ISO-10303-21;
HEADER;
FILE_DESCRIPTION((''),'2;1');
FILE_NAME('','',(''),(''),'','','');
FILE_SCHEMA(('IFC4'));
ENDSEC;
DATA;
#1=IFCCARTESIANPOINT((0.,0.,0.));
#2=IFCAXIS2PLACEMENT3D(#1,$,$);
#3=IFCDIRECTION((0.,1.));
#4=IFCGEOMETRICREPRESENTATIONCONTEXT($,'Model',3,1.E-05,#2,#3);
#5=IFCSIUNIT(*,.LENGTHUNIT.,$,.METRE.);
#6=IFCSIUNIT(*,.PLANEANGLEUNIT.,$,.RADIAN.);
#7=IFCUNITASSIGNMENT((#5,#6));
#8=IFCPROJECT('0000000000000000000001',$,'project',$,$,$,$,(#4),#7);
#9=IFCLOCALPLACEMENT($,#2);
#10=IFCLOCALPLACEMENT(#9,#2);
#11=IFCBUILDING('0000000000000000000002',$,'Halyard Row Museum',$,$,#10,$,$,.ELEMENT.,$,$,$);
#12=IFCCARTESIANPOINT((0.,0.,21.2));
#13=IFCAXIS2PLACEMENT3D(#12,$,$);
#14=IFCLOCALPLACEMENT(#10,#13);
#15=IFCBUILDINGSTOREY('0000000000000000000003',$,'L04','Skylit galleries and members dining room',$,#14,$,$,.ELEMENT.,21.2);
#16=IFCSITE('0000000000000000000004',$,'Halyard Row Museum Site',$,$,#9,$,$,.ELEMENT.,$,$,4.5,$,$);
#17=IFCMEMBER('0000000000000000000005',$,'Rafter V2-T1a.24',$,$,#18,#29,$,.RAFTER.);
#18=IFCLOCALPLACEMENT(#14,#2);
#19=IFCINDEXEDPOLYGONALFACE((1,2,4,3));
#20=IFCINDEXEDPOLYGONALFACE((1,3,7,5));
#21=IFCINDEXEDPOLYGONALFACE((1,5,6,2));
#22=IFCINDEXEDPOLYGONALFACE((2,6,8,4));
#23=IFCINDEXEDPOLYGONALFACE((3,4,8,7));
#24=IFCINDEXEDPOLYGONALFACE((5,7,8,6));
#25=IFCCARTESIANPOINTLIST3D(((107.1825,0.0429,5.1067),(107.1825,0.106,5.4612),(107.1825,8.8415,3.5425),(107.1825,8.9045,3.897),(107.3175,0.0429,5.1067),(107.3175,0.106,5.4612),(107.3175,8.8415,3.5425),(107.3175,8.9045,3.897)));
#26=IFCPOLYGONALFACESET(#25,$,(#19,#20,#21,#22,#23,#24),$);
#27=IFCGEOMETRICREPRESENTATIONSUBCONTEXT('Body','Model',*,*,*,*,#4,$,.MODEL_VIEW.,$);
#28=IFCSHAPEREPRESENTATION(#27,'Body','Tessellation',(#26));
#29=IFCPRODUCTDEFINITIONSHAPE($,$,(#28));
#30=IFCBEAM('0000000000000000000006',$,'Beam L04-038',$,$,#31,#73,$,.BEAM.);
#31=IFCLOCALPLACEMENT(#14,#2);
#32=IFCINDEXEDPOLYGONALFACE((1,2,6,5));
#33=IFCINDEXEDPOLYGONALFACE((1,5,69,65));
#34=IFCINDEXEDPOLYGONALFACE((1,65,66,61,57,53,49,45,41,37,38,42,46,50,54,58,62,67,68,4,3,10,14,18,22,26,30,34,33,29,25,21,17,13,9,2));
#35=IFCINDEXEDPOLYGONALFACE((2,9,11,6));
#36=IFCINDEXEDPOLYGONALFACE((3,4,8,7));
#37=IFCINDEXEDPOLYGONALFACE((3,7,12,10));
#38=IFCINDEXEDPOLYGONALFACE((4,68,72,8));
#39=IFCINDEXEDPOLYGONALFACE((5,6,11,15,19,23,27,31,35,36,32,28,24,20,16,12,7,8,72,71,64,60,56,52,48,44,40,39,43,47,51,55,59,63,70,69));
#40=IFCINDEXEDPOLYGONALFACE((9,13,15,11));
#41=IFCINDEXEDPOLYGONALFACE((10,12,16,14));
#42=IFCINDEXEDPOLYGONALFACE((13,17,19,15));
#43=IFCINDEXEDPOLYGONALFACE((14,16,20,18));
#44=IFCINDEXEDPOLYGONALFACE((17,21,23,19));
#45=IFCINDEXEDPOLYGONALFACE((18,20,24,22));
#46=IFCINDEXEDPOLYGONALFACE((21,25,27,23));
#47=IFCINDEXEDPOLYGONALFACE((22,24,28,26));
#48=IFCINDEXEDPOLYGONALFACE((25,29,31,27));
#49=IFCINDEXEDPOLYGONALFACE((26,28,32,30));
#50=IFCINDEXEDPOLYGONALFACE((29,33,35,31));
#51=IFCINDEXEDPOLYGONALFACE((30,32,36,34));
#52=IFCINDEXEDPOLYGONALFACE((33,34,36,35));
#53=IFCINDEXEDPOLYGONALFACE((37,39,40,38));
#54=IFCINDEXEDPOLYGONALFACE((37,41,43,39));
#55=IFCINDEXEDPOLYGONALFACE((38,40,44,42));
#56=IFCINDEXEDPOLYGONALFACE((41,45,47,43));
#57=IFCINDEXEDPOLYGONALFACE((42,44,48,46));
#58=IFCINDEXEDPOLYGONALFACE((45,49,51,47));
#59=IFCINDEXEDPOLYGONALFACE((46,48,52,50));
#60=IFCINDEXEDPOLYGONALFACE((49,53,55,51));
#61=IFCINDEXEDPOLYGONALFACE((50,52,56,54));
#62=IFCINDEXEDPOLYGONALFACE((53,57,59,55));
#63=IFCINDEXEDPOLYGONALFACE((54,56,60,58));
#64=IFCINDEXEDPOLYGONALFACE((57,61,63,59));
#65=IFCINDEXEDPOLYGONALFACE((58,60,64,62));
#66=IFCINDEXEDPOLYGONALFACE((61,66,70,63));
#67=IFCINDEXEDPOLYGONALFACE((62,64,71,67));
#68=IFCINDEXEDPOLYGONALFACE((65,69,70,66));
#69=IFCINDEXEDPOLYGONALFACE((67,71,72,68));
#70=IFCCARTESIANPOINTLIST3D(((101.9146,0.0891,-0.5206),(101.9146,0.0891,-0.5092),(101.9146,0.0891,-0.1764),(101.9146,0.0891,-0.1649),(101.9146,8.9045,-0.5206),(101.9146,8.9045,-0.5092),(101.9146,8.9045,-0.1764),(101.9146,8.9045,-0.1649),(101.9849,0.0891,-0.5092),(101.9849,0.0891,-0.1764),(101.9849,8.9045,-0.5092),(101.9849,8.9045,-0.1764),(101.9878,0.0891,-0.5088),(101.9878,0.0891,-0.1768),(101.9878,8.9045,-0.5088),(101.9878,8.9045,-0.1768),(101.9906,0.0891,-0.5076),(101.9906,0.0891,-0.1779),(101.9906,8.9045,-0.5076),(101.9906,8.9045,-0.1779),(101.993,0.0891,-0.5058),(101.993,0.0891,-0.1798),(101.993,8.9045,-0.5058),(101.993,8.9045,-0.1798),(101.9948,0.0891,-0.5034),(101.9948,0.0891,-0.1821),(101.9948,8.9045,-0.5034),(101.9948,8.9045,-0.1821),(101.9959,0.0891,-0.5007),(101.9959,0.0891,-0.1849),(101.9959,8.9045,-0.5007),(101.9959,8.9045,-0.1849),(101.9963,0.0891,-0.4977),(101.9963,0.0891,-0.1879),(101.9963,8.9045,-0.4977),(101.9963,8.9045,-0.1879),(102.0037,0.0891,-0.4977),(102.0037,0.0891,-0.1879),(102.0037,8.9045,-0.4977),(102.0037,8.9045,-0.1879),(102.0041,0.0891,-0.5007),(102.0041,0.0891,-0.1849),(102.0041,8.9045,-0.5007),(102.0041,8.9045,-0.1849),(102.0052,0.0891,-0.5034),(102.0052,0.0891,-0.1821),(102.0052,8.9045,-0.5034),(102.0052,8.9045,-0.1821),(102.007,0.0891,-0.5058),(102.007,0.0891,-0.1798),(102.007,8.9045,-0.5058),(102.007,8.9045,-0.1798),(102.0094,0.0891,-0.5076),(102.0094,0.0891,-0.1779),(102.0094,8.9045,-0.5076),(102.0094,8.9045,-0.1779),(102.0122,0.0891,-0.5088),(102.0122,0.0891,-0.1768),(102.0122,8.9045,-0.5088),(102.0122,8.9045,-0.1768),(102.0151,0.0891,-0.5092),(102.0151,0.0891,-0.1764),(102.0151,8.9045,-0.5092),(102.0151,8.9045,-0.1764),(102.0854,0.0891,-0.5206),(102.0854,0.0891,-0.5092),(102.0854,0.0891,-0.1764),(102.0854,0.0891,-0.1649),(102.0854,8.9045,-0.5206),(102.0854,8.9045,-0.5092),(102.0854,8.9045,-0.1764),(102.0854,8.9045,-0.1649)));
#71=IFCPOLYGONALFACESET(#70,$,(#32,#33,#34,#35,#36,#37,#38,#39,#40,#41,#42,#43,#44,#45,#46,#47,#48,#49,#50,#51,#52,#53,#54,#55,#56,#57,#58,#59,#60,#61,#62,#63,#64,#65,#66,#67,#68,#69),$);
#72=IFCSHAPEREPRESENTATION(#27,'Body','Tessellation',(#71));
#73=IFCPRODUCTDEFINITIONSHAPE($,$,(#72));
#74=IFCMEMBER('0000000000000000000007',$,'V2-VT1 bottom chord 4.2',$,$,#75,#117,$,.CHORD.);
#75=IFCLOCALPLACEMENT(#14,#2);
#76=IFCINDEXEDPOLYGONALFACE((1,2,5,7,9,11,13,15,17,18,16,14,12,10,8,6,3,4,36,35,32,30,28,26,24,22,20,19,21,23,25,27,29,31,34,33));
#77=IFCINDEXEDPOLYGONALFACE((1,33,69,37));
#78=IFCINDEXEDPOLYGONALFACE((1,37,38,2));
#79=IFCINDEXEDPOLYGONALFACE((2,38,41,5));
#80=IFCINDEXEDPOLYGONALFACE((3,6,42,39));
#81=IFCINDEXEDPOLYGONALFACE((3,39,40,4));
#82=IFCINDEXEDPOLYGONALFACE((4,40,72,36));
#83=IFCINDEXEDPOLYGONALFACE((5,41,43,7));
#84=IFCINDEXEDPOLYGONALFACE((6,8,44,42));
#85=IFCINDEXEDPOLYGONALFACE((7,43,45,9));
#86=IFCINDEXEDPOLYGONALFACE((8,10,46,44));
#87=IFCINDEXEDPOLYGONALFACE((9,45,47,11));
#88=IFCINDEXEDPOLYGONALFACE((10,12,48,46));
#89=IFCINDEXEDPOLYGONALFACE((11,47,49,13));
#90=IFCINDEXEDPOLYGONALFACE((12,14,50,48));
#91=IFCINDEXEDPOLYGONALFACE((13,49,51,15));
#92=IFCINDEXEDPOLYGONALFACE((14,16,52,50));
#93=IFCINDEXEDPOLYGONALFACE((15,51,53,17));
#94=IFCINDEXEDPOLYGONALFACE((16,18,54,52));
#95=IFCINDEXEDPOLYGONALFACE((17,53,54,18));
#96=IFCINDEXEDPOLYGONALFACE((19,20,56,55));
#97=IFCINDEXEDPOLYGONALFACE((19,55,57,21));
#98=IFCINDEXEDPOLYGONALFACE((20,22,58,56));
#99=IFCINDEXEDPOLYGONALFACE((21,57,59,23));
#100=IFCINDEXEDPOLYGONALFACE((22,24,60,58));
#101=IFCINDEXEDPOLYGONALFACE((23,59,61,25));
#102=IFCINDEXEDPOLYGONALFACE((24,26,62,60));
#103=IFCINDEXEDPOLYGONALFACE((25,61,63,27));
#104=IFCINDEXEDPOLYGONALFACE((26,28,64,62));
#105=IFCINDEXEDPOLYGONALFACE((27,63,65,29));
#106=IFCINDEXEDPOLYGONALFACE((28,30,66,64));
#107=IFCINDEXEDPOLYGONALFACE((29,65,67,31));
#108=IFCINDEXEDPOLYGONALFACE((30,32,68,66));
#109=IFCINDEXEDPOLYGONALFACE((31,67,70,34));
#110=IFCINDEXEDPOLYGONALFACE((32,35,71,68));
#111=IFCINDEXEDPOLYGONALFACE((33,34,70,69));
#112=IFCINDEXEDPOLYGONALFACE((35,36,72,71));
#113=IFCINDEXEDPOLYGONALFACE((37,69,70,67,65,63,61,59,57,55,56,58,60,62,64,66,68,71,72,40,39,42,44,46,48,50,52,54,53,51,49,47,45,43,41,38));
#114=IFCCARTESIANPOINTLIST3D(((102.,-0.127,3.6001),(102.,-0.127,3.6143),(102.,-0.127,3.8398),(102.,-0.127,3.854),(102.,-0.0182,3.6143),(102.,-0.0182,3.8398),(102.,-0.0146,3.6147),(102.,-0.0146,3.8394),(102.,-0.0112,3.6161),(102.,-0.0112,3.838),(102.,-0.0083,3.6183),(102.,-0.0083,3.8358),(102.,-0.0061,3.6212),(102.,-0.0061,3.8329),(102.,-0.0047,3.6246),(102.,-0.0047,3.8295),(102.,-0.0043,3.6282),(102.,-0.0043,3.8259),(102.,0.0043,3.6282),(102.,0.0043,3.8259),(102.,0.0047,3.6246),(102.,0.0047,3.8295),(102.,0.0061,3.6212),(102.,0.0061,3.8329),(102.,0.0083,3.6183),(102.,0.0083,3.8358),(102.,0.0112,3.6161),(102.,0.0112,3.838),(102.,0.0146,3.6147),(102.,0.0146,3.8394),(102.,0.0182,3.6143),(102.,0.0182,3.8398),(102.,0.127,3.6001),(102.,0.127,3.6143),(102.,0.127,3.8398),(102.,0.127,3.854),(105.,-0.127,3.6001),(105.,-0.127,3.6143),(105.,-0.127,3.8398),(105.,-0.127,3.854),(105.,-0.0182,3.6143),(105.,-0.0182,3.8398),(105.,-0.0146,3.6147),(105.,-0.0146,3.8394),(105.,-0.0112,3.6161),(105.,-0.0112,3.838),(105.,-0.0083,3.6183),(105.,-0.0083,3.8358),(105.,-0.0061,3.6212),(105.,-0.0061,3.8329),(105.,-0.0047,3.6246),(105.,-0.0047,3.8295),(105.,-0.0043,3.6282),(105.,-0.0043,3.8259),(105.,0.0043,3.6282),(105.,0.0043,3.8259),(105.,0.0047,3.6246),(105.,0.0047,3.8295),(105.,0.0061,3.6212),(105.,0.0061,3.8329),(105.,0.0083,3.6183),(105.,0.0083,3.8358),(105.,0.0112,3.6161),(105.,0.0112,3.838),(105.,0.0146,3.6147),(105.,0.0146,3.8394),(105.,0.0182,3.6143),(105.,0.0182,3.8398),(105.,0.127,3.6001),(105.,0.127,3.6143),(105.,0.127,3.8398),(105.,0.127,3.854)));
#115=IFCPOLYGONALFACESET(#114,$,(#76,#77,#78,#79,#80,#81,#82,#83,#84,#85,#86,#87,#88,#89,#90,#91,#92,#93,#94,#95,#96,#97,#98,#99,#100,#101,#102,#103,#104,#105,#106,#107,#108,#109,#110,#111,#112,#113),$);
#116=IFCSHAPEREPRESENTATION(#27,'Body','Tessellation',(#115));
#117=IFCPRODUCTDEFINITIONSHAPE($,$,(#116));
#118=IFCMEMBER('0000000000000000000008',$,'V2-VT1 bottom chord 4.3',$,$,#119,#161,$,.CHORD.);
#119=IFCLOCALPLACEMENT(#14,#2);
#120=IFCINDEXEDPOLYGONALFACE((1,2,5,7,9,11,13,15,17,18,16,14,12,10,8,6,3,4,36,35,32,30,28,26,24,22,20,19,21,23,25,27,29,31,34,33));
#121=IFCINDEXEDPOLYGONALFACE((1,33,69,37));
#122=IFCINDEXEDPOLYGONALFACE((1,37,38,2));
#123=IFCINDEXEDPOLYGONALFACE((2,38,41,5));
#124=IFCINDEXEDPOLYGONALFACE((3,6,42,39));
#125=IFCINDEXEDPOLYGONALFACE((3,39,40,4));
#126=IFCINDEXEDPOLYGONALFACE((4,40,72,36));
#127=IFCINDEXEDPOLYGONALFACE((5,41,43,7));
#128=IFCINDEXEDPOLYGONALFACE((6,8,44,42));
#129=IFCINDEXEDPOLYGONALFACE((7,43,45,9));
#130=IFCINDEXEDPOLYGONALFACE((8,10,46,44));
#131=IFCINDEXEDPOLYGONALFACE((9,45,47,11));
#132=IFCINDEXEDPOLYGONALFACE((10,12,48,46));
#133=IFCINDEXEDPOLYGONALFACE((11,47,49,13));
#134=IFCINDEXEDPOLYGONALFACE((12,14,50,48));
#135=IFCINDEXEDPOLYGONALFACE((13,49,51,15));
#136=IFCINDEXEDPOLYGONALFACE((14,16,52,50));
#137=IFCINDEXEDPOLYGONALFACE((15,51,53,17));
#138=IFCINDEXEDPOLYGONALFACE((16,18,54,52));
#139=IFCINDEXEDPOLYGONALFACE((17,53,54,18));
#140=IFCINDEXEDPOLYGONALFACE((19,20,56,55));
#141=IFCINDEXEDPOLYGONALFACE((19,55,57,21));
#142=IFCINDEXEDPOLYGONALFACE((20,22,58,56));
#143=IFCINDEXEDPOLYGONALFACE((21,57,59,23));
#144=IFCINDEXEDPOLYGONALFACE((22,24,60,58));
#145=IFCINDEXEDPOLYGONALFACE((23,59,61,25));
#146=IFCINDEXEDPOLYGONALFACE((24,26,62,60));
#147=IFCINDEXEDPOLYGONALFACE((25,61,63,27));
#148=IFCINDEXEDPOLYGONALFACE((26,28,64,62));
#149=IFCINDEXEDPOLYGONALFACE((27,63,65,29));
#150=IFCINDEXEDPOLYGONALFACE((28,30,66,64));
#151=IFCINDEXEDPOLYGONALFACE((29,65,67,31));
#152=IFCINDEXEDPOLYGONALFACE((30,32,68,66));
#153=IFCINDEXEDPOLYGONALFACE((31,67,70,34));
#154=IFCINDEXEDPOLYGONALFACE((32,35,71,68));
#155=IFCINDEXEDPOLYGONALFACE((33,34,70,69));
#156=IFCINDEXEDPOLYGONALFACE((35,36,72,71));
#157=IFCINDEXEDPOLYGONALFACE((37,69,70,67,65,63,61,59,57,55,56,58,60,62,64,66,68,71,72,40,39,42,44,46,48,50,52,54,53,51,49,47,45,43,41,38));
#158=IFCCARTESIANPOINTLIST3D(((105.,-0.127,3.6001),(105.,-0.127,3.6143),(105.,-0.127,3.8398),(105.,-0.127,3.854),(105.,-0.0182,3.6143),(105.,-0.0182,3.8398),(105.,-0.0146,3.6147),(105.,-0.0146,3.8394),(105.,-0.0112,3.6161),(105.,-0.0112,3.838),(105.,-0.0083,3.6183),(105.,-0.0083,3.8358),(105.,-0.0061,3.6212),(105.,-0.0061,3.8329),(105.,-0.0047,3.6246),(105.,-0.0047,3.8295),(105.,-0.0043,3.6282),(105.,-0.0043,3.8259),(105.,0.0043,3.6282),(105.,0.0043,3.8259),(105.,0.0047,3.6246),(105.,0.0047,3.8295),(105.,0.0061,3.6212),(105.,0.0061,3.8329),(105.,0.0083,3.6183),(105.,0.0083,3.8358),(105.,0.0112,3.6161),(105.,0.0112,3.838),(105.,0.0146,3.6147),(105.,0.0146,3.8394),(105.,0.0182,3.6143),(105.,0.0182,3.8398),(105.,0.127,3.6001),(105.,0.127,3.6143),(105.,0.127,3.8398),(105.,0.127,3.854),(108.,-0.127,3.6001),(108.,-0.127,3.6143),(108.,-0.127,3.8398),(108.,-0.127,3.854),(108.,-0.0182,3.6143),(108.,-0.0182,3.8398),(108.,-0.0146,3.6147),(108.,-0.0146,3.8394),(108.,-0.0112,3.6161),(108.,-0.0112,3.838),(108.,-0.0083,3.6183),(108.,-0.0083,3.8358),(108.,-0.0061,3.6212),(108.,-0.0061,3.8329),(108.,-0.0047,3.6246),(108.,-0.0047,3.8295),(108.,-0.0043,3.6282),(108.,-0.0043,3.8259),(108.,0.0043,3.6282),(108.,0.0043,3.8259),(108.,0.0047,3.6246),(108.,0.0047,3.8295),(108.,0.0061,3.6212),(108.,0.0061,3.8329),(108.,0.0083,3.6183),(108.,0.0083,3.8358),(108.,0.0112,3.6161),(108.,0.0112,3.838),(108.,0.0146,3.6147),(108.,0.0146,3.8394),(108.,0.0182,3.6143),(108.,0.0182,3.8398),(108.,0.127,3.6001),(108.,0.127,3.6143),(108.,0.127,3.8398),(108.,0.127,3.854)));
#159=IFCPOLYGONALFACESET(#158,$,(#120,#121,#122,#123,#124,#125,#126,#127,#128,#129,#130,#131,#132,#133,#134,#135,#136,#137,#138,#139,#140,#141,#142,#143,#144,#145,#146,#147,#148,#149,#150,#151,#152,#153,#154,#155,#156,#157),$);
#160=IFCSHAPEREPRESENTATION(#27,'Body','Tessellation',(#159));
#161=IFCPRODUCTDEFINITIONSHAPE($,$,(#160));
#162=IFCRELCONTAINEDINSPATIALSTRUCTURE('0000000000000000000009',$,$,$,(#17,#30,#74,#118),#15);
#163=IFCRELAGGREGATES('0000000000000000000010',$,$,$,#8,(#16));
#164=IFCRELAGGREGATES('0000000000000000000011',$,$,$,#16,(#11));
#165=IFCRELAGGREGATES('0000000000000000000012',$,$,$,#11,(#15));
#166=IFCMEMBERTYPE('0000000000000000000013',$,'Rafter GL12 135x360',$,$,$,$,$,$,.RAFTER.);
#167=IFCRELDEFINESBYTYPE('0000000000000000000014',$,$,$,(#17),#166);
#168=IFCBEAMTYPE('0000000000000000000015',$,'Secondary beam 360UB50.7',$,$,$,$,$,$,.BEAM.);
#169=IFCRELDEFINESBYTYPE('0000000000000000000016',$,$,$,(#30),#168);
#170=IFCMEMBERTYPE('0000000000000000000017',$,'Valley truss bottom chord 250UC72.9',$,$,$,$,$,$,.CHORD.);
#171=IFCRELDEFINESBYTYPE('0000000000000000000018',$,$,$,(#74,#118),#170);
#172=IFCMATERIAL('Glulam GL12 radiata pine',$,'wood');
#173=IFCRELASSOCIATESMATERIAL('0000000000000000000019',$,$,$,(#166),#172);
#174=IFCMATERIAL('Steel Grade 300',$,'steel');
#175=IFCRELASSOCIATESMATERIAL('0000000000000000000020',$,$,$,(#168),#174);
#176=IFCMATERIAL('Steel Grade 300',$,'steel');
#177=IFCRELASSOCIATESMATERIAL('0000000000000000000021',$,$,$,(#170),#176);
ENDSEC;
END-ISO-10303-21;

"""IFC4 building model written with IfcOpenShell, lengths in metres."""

from ifc_helpers import new_model, si_unit, direction, frame, origin, origin_2d, place, context, subcontext, project, spatial, rectangle, i_section, extrude, material, material_profile, profile_set, type_object, element, save


model = new_model("IFC4")

# Units and contexts
model_context = context("Model", 3, precision=1e-05, world=origin(), true_north=direction((0.0, 1.0)))
body_context = subcontext(model_context, "Body", "Model", "MODEL_VIEW")
ifc_project = project(units=[si_unit("LENGTHUNIT", "METRE"), si_unit("PLANEANGLEUNIT", "RADIAN")], contexts=[model_context])

# Site, building, storey
site_placement = place(None, origin())
site = spatial("IfcSite", under=ifc_project, at=site_placement, Name="Halyard Row Museum Site", CompositionType="ELEMENT", RefElevation=4.5)
building_placement = place(site_placement, origin())
building = spatial("IfcBuilding", under=site, at=building_placement, Name="Halyard Row Museum", CompositionType="ELEMENT")
storey_placement = place(building_placement, frame((0.0, 0.0, 21.2)))
storey = spatial("IfcBuildingStorey", under=building, at=storey_placement, Name="L04", Description="Skylit galleries and members dining room", CompositionType="ELEMENT", Elevation=21.2)

# Member
ifc_material_1 = material(Name="Glulam GL12 radiata pine", Category="wood")
ifc_material_profile_1 = material_profile(ifc_material_1, rectangle(XDim=0.135, YDim=0.3601, at=origin_2d()), Name="GL12 135x360")
ifc_profile_set_1 = profile_set([ifc_material_profile_1], Name="Glulam GL12 radiata pine")
member_type_1 = type_object("IfcMemberType", Name="Rafter GL12 135x360", PredefinedType="RAFTER", material=ifc_profile_set_1)
for number, where, z_axis, x_axis, name in (
    (1, (107.25, 0.0745, 5.2839), (0.0, 0.984562, -0.175035), (-1.0, 0.0, 0.0), "Rafter V2-T1a.24"),
):
    element("IfcMember", number, at=place(storey_placement, frame(where, z_axis=z_axis, x_axis=x_axis)), inside=storey, type_object=member_type_1, Name=name, PredefinedType="RAFTER", context=body_context, shape_type="SweptSolid", body=[
        extrude(rectangle(XDim=0.135, YDim=0.3601, at=origin_2d()), origin(), (0.0, 0.0, 1.0), 8.9365),
    ])

# Beam
ifc_material_2 = material(Name="Steel Grade 300", Category="steel")
ifc_material_profile_2 = material_profile(ifc_material_2, i_section(OverallWidth=0.1709, OverallDepth=0.3557, WebThickness=0.0073, FlangeThickness=0.0115, FilletRadius=0.0115, at=origin_2d()), Name="360UB50.7")
ifc_profile_set_2 = profile_set([ifc_material_profile_2], Name="Steel Grade 300")
beam_type_1 = type_object("IfcBeamType", Name="Secondary beam 360UB50.7", PredefinedType="BEAM", material=ifc_profile_set_2)
beam_1_placement = place(storey_placement, frame((102.0, 0.0891, -0.3428), z_axis=(0.0, 1.0, 0.0), x_axis=(-1.0, 0.0, 0.0)))
element("IfcBeam", 2, at=beam_1_placement, inside=storey, type_object=beam_type_1, Name="Beam L04-038", PredefinedType="BEAM", context=body_context, shape_type="SweptSolid", body=[
    extrude(i_section(OverallWidth=0.1709, OverallDepth=0.3557, WebThickness=0.0073, FlangeThickness=0.0115, FilletRadius=0.0115, at=origin_2d()), origin(), (0.0, 0.0, 1.0), 8.8154),
])

# Members
ifc_material_3 = material(Name="Steel Grade 300", Category="steel")
ifc_material_profile_3 = material_profile(ifc_material_3, i_section(OverallWidth=0.2539, OverallDepth=0.2539, WebThickness=0.0085, FlangeThickness=0.0142, FilletRadius=0.0139, at=origin_2d()), Name="250UC72.9")
ifc_profile_set_3 = profile_set([ifc_material_profile_3], Name="Steel Grade 300")
member_type_2 = type_object("IfcMemberType", Name="Valley truss bottom chord 250UC72.9", PredefinedType="CHORD", material=ifc_profile_set_3)
for number, where, z_axis, x_axis, name in (
    (3, (102.0, 0.0, 3.7271), (1.0, 0.0, 0.0), (0.0, 1.0, 0.0), "V2-VT1 bottom chord 4.2"),
    (4, (105.0, 0.0, 3.7271), (1.0, 0.0, 0.0), (0.0, 1.0, 0.0), "V2-VT1 bottom chord 4.3"),
):
    element("IfcMember", number, at=place(storey_placement, frame(where, z_axis=z_axis, x_axis=x_axis)), inside=storey, type_object=member_type_2, Name=name, PredefinedType="CHORD", context=body_context, shape_type="SweptSolid", body=[
        extrude(i_section(OverallWidth=0.2539, OverallDepth=0.2539, WebThickness=0.0085, FlangeThickness=0.0142, FilletRadius=0.0139, at=origin_2d()), origin(), (0.0, 0.0, 1.0), 3.0),
    ])

save(model, "model.ifc")
